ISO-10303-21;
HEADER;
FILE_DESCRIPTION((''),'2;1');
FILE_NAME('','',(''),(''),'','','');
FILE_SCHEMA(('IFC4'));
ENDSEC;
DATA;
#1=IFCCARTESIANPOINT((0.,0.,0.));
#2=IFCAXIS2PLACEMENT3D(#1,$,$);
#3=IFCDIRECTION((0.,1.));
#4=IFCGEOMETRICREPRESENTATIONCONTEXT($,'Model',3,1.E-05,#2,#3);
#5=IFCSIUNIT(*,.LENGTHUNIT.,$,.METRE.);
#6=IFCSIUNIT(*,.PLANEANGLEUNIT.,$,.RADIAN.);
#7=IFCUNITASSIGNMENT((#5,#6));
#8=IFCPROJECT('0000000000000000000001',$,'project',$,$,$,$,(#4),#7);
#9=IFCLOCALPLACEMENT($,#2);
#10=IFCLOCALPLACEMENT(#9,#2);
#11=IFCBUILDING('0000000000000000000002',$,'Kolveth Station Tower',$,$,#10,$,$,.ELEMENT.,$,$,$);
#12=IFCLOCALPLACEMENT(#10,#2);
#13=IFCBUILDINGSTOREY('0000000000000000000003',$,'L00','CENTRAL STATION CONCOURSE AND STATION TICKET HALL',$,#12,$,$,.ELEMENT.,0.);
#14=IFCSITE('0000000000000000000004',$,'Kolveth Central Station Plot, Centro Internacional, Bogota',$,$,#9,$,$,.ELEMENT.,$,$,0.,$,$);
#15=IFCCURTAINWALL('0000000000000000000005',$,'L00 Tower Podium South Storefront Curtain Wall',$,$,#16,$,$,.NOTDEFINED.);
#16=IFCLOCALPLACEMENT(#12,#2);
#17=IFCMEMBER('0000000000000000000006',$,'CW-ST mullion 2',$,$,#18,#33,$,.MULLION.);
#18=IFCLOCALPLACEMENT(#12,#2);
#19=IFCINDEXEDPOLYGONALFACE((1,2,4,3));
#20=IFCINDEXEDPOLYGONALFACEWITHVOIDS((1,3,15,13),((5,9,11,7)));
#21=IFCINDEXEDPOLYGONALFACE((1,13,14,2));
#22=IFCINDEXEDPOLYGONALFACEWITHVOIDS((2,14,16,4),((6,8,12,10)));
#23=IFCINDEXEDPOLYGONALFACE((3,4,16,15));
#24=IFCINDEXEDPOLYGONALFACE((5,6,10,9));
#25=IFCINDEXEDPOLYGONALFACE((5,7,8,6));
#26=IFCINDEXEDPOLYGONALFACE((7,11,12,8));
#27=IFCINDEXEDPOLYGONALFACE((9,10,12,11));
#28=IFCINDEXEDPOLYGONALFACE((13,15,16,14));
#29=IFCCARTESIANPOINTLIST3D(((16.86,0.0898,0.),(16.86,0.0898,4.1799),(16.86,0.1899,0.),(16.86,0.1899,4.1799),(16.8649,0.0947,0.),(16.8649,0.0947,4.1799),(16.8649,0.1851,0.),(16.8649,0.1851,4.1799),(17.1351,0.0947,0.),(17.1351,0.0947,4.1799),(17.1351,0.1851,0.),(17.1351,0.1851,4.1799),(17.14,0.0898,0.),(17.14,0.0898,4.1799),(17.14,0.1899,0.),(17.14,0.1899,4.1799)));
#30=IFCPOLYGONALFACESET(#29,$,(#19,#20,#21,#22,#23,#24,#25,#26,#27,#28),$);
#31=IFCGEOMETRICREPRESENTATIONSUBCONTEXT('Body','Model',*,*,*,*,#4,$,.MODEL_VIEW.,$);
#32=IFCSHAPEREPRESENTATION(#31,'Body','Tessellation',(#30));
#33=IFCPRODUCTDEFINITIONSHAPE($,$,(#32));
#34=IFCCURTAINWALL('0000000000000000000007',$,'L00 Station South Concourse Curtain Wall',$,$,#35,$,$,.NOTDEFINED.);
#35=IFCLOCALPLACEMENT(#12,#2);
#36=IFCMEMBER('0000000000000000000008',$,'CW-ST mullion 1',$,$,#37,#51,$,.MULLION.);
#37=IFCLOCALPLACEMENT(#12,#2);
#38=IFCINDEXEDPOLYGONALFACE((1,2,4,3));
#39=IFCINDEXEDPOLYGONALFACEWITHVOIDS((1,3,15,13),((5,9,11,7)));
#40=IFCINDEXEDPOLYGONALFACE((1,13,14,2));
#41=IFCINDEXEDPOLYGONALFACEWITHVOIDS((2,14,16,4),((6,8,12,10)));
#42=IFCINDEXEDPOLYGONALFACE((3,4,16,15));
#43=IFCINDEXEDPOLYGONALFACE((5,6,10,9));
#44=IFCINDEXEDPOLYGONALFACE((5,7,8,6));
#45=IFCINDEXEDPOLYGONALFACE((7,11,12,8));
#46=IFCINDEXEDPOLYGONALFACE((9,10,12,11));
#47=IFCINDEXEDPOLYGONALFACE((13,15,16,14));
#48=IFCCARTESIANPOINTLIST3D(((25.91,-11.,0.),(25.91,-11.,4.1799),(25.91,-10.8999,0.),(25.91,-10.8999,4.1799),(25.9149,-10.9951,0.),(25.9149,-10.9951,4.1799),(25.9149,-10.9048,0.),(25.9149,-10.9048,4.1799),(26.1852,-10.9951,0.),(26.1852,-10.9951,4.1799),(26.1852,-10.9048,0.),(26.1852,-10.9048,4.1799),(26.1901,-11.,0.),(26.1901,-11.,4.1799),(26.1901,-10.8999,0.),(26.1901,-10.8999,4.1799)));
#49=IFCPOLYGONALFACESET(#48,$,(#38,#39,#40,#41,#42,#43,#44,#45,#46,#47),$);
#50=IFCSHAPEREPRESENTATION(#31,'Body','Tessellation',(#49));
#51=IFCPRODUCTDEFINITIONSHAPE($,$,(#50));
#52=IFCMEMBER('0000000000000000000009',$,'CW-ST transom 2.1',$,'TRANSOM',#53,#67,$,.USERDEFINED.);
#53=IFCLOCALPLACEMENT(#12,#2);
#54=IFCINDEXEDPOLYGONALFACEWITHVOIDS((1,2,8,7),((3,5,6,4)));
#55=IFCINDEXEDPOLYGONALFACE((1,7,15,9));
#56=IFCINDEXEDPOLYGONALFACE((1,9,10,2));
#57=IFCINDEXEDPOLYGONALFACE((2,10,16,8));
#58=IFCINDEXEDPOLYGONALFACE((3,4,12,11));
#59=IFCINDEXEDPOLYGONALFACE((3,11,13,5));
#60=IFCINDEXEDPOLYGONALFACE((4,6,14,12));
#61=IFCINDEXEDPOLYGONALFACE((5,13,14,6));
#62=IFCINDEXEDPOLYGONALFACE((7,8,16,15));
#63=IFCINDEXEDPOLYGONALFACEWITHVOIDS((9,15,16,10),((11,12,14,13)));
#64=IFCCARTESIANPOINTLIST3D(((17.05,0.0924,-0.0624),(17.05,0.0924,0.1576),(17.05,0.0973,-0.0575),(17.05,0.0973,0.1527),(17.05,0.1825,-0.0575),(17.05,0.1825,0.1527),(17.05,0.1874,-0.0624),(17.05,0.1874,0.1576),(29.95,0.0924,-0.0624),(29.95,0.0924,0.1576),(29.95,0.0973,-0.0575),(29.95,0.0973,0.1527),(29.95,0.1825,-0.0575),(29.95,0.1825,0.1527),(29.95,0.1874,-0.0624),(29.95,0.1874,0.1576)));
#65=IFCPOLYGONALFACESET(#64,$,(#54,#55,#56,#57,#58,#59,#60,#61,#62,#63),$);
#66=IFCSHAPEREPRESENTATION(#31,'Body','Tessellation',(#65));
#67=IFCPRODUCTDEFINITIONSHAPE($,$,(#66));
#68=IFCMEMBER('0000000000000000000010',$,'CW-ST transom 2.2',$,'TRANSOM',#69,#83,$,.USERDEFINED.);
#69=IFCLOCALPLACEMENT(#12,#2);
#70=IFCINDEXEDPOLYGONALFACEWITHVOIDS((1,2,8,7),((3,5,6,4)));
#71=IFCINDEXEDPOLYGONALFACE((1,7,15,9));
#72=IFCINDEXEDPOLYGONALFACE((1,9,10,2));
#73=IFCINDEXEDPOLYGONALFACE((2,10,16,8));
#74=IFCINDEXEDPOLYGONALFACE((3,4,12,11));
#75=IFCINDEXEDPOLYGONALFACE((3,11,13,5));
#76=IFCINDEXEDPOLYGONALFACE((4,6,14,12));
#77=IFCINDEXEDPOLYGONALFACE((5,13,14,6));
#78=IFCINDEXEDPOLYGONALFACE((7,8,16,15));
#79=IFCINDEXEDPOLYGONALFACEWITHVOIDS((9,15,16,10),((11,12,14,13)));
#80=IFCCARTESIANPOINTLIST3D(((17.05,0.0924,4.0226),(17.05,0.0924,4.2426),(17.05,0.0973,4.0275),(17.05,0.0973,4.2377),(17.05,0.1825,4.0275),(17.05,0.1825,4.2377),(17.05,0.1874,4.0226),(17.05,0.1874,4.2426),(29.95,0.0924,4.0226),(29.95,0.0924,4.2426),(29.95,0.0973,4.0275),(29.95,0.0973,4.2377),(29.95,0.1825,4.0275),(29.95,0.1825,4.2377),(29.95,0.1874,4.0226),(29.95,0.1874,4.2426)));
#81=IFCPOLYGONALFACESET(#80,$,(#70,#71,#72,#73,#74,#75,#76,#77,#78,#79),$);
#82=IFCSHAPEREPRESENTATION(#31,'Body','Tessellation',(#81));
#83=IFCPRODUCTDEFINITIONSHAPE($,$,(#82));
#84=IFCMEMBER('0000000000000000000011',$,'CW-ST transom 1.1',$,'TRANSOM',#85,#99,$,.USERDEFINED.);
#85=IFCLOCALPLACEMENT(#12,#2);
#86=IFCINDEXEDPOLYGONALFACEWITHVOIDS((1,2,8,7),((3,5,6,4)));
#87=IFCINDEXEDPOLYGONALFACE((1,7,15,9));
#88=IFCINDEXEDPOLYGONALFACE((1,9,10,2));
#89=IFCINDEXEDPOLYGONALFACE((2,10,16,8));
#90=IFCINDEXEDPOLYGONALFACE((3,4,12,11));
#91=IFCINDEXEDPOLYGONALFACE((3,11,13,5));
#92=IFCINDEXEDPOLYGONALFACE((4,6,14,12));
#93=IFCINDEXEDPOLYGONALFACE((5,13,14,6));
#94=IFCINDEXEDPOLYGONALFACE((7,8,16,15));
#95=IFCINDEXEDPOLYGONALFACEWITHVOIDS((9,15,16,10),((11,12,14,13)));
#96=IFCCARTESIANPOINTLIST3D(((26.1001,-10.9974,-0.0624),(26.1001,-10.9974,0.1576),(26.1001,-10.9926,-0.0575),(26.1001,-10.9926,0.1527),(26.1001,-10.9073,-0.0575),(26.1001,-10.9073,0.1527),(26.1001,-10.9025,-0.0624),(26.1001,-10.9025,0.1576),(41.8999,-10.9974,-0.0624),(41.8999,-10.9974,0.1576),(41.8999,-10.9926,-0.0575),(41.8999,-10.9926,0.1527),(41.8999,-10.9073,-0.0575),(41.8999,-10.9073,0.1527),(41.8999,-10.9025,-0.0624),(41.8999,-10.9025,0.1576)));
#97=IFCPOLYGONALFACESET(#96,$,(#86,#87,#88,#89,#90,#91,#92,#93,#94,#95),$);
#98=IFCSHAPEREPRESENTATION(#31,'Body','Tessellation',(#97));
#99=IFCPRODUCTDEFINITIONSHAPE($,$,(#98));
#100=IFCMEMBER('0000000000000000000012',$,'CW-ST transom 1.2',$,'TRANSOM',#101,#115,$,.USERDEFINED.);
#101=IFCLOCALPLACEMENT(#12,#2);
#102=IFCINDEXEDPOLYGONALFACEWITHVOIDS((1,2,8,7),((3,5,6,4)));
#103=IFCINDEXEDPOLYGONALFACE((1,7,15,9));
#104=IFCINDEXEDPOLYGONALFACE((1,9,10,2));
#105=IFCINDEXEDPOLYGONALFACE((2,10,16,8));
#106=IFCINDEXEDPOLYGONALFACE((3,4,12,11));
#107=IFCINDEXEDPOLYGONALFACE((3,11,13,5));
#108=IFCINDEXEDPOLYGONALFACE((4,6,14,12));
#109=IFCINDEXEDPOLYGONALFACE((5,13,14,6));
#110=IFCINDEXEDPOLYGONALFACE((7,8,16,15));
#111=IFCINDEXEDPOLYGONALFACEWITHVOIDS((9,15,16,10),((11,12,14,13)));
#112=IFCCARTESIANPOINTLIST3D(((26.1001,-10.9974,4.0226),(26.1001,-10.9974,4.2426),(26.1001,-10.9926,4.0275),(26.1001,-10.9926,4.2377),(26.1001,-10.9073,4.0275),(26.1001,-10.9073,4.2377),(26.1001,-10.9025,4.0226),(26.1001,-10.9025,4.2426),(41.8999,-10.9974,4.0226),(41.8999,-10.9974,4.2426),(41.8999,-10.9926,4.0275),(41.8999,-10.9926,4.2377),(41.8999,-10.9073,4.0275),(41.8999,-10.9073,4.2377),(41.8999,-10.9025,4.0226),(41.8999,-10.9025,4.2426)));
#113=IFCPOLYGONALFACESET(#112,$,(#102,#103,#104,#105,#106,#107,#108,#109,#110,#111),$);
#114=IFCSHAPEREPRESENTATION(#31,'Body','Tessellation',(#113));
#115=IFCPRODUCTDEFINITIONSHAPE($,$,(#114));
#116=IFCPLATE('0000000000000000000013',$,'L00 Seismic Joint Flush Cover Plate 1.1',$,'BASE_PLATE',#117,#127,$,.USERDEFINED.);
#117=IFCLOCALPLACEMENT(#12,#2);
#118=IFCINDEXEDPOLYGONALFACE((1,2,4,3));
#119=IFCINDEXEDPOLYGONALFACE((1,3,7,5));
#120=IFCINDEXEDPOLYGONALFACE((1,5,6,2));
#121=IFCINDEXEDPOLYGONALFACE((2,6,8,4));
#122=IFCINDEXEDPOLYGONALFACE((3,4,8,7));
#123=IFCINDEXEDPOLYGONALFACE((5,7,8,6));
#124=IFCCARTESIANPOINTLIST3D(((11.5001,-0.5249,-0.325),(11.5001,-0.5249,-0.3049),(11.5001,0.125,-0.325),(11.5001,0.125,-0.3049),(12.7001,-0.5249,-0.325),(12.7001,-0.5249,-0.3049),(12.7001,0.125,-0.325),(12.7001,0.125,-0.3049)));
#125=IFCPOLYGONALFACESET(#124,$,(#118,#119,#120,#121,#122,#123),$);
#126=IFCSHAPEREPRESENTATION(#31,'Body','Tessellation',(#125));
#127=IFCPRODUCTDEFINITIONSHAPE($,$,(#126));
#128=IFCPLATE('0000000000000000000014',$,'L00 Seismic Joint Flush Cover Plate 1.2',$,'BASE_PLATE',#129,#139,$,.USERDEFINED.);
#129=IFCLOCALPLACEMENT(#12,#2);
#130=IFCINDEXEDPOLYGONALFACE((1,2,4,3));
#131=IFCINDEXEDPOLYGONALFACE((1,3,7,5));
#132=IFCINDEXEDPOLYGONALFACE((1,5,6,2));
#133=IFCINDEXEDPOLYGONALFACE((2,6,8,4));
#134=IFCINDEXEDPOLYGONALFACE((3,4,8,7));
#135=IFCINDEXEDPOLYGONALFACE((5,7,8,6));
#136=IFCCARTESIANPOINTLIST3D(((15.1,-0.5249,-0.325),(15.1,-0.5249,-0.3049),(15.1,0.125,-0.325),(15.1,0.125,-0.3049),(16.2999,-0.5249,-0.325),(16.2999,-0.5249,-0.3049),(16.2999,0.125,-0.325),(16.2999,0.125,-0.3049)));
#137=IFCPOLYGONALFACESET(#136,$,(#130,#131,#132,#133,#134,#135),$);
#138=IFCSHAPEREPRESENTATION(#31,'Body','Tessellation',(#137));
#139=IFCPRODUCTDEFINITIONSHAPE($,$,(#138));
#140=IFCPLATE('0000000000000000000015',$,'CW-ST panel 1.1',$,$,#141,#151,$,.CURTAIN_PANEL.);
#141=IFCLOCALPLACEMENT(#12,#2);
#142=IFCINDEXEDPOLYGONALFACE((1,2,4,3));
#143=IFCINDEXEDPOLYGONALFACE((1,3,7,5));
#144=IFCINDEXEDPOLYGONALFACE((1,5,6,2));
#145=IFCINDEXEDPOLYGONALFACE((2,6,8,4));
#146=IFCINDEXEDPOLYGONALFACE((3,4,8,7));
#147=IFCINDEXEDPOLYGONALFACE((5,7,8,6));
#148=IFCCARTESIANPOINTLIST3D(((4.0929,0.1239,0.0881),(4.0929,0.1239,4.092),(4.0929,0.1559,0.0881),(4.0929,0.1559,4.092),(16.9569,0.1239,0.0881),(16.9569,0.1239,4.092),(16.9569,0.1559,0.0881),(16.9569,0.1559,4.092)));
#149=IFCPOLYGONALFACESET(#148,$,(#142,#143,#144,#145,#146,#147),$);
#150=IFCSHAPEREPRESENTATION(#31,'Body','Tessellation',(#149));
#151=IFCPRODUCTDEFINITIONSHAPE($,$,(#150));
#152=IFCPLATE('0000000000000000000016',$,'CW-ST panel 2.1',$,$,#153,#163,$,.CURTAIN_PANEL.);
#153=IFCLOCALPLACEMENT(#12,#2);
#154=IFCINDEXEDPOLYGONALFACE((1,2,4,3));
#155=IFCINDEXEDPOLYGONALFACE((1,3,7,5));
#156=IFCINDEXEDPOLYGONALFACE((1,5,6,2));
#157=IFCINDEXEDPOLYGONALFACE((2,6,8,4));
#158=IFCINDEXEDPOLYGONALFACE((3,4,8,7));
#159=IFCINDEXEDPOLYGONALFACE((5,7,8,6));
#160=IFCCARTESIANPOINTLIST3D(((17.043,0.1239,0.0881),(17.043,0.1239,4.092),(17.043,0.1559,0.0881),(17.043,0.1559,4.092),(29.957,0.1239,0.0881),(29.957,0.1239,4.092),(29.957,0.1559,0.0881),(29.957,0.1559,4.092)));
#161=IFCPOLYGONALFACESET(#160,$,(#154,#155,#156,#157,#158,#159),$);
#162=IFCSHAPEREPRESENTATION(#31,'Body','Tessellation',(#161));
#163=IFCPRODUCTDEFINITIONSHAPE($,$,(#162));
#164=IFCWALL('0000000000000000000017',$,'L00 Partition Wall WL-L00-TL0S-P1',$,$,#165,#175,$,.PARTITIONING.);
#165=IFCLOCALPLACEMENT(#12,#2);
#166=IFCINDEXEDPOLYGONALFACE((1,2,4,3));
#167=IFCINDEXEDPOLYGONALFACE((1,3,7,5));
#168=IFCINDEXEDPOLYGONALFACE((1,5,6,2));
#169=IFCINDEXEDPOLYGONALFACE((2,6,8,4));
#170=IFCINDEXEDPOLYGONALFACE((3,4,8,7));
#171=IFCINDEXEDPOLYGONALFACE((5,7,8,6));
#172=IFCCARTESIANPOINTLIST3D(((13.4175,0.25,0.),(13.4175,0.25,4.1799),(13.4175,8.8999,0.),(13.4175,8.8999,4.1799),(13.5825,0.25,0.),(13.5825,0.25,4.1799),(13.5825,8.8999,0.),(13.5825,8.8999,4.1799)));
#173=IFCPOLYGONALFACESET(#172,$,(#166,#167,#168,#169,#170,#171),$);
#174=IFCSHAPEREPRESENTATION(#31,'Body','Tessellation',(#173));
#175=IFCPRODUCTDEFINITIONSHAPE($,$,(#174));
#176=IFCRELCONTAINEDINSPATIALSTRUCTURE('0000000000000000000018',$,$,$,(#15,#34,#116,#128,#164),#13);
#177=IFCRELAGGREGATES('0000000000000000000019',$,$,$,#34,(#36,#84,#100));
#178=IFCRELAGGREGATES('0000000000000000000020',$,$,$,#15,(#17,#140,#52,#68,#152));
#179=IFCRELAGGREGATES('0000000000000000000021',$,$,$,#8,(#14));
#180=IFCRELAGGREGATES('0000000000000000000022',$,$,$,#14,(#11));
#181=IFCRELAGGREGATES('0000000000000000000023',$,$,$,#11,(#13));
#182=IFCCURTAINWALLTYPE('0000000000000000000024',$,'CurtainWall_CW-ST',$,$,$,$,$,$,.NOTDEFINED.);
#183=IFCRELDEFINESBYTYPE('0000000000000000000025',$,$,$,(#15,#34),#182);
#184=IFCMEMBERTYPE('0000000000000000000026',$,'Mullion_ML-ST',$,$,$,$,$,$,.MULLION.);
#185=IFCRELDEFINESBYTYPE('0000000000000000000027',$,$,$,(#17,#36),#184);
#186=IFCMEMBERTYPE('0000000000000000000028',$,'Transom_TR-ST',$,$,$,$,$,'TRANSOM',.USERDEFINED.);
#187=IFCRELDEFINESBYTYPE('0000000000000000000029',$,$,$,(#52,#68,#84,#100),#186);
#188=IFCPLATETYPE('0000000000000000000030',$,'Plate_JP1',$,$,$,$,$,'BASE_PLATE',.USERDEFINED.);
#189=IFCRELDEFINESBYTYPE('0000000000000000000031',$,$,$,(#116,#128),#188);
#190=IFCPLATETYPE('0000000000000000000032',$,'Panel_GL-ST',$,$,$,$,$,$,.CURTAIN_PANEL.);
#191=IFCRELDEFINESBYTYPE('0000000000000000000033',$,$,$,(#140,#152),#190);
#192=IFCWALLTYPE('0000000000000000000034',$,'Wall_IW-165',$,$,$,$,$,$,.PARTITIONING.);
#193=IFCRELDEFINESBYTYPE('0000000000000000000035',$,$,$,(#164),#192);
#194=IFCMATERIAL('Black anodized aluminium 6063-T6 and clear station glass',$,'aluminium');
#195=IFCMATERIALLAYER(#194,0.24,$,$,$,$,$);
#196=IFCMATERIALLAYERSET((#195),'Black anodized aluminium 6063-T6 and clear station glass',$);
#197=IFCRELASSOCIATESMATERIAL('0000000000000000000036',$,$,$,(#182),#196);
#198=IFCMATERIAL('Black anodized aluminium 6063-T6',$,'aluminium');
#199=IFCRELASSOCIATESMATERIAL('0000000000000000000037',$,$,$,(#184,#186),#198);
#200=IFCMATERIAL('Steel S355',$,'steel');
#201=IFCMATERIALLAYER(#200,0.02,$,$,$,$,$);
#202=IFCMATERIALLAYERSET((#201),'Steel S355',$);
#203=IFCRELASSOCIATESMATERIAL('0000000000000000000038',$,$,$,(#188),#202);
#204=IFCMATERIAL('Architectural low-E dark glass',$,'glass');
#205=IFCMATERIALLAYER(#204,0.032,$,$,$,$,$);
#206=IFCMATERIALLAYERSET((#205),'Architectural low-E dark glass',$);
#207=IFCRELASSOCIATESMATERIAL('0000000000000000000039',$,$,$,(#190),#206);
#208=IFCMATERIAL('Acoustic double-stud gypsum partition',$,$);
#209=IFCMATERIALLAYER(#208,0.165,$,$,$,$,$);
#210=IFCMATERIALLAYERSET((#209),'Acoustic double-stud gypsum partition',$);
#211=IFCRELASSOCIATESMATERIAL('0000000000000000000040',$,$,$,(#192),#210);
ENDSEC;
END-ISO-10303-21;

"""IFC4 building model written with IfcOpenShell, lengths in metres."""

from ifc_helpers import new_model, si_unit, direction, frame, frame_2d, origin, origin_2d, place, context, subcontext, project, spatial, rectangle, hollow_rectangle, extrude, source, transform, mapped, material, layer, layer_set, material_profile, profile_set, type_object, element, aggregate, save


model = new_model("IFC4")

# Units and contexts
model_context = context("Model", 3, precision=1e-05, world=origin(), true_north=direction((0.0, 1.0)))
body_context = subcontext(model_context, "Body", "Model", "MODEL_VIEW")
ifc_project = project(units=[si_unit("LENGTHUNIT", "METRE"), si_unit("PLANEANGLEUNIT", "RADIAN")], contexts=[model_context])

# Site, building, storey
site_placement = place(None, origin())
site = spatial("IfcSite", under=ifc_project, at=site_placement, Name="Kolveth Central Station Plot, Centro Internacional, Bogota", CompositionType="ELEMENT", RefElevation=0.0)
building_placement = place(site_placement, origin())
building = spatial("IfcBuilding", under=site, at=building_placement, Name="Kolveth Station Tower", CompositionType="ELEMENT")
storey_placement = place(building_placement, origin())
storey = spatial("IfcBuildingStorey", under=building, at=storey_placement, Name="L00", Description="CENTRAL STATION CONCOURSE AND STATION TICKET HALL", CompositionType="ELEMENT", Elevation=0.0)

# Shared definitions
ifc_material_1 = material(Name="Steel S355", Category="steel")

# Curtain walls, members
ifc_material_2 = material(Name="Black anodized aluminium 6063-T6 and clear station glass", Category="aluminium")
ifc_layer_1 = layer(ifc_material_2, 0.24)
ifc_layer_set_1 = layer_set([ifc_layer_1], Name="Black anodized aluminium 6063-T6 and clear station glass")
curtain_wall_type = type_object("IfcCurtainWallType", Name="CurtainWall_CW-ST", PredefinedType="NOTDEFINED", material=ifc_layer_set_1)
curtain_wall_1_placement = place(storey_placement, origin())
curtain_wall_1 = element("IfcCurtainWall", 1, at=curtain_wall_1_placement, inside=storey, type_object=curtain_wall_type, Name="L00 Tower Podium South Storefront Curtain Wall", PredefinedType="NOTDEFINED")
ifc_material_3 = material(Name="Black anodized aluminium 6063-T6", Category="aluminium")
ifc_material_profile_1 = material_profile(ifc_material_3, hollow_rectangle(XDim=0.1001, YDim=0.28, WallThickness=0.0049, at=origin_2d()), Name="ALU-100x280x5")
ifc_profile_set_1 = profile_set([ifc_material_profile_1], Name="Black anodized aluminium 6063-T6")
member_type_1 = type_object("IfcMemberType", Name="Mullion_ML-ST", PredefinedType="MULLION", material=ifc_profile_set_1)
shared_shape_1 = source(origin(), body_context, "Body", "SweptSolid", [
    extrude(hollow_rectangle(XDim=0.1001, YDim=0.28, WallThickness=0.0049, at=origin_2d()), origin(), (0.0, 0.0, 1.0), 4.1799),
])
member_1_placement = place(storey_placement, frame((17.0, 0.1399, 0.0), z_axis=(0.0, 0.0, 1.0), x_axis=(0.0, 1.0, 0.0)))
member_1 = element("IfcMember", 2, at=member_1_placement, type_object=member_type_1, Name="CW-ST mullion 2", PredefinedType="MULLION", context=body_context, shape_type="MappedRepresentation", body=[
    mapped(shared_shape_1, transform((0.0, 0.0, 0.0), x_axis=(1.0, 0.0, 0.0), y_axis=(0.0, 1.0, 0.0), z_axis=(0.0, 0.0, 1.0), scale=1.0)),
])
curtain_wall_2_placement = place(storey_placement, origin())
curtain_wall_2 = element("IfcCurtainWall", 3, at=curtain_wall_2_placement, inside=storey, type_object=curtain_wall_type, Name="L00 Station South Concourse Curtain Wall", PredefinedType="NOTDEFINED")
member_2_placement = place(storey_placement, frame((26.05, -10.95, 0.0), z_axis=(0.0, 0.0, 1.0), x_axis=(0.0, 1.0, 0.0)))
member_2 = element("IfcMember", 4, at=member_2_placement, type_object=member_type_1, Name="CW-ST mullion 1", PredefinedType="MULLION", context=body_context, shape_type="MappedRepresentation", body=[
    mapped(shared_shape_1, transform((0.0, 0.0, 0.0), x_axis=(1.0, 0.0, 0.0), y_axis=(0.0, 1.0, 0.0), z_axis=(0.0, 0.0, 1.0), scale=1.0)),
])

# Members
ifc_material_profile_2 = material_profile(ifc_material_3, hollow_rectangle(XDim=0.095, YDim=0.22, WallThickness=0.0049, at=origin_2d()), Name="ALU-95x220x5")
ifc_profile_set_2 = profile_set([ifc_material_profile_2], Name="Black anodized aluminium 6063-T6")
member_type_2 = type_object("IfcMemberType", Name="Transom_TR-ST", ElementType="TRANSOM", PredefinedType="USERDEFINED", material=ifc_profile_set_2)
shared_shape_2 = source(origin(), body_context, "Body", "SweptSolid", [
    extrude(hollow_rectangle(XDim=0.095, YDim=0.22, WallThickness=0.0049, at=origin_2d()), origin(), (0.0, 0.0, 1.0), 12.8999),
])
member_3_placement = place(storey_placement, frame((17.05, 0.1399, 0.0476), z_axis=(1.0, 0.0, 0.0), x_axis=(0.0, 1.0, 0.0)))
member_3 = element("IfcMember", 5, at=member_3_placement, type_object=member_type_2, Name="CW-ST transom 2.1", ObjectType="TRANSOM", PredefinedType="USERDEFINED", context=body_context, shape_type="MappedRepresentation", body=[
    mapped(shared_shape_2, transform((0.0, 0.0, 0.0), x_axis=(1.0, 0.0, 0.0), y_axis=(0.0, 1.0, 0.0), z_axis=(0.0, 0.0, 1.0), scale=1.0)),
])
member_4_placement = place(storey_placement, frame((17.05, 0.1399, 4.1326), z_axis=(1.0, 0.0, 0.0), x_axis=(0.0, 1.0, 0.0)))
member_4 = element("IfcMember", 6, at=member_4_placement, type_object=member_type_2, Name="CW-ST transom 2.2", ObjectType="TRANSOM", PredefinedType="USERDEFINED", context=body_context, shape_type="MappedRepresentation", body=[
    mapped(shared_shape_2, transform((0.0, 0.0, 0.0), x_axis=(1.0, 0.0, 0.0), y_axis=(0.0, 1.0, 0.0), z_axis=(0.0, 0.0, 1.0), scale=1.0)),
])
shared_shape_3 = source(origin(), body_context, "Body", "SweptSolid", [
    extrude(hollow_rectangle(XDim=0.095, YDim=0.22, WallThickness=0.0049, at=origin_2d()), origin(), (0.0, 0.0, 1.0), 15.7998),
])
member_5_placement = place(storey_placement, frame((26.1001, -10.95, 0.0476), z_axis=(1.0, 0.0, 0.0), x_axis=(0.0, 1.0, 0.0)))
member_5 = element("IfcMember", 7, at=member_5_placement, type_object=member_type_2, Name="CW-ST transom 1.1", ObjectType="TRANSOM", PredefinedType="USERDEFINED", context=body_context, shape_type="MappedRepresentation", body=[
    mapped(shared_shape_3, transform((0.0, 0.0, 0.0), x_axis=(1.0, 0.0, 0.0), y_axis=(0.0, 1.0, 0.0), z_axis=(0.0, 0.0, 1.0), scale=1.0)),
])
member_6_placement = place(storey_placement, frame((26.1001, -10.95, 4.1326), z_axis=(1.0, 0.0, 0.0), x_axis=(0.0, 1.0, 0.0)))
member_6 = element("IfcMember", 8, at=member_6_placement, type_object=member_type_2, Name="CW-ST transom 1.2", ObjectType="TRANSOM", PredefinedType="USERDEFINED", context=body_context, shape_type="MappedRepresentation", body=[
    mapped(shared_shape_3, transform((0.0, 0.0, 0.0), x_axis=(1.0, 0.0, 0.0), y_axis=(0.0, 1.0, 0.0), z_axis=(0.0, 0.0, 1.0), scale=1.0)),
])
aggregate(curtain_wall_2, [member_2, member_5, member_6])

# Plates
ifc_layer_2 = layer(ifc_material_1, 0.02)
ifc_layer_set_2 = layer_set([ifc_layer_2], Name="Steel S355")
plate_type_1 = type_object("IfcPlateType", Name="Plate_JP1", ElementType="BASE_PLATE", PredefinedType="USERDEFINED", material=ifc_layer_set_2)
shared_shape_4 = source(origin(), body_context, "Body", "SweptSolid", [
    extrude(rectangle(XDim=1.2, YDim=0.6499, at=origin_2d()), origin(), (0.0, 0.0, 1.0), 0.02),
])
for number, where, z_axis, x_axis, name in (
    (9, (12.1001, -0.2, -0.325), (0.0, 0.0, 1.0), (1.0, 0.0, 0.0), "L00 Seismic Joint Flush Cover Plate 1.1"),
    (10, (15.7, -0.2, -0.325), (0.0, 0.0, 1.0), (1.0, 0.0, 0.0), "L00 Seismic Joint Flush Cover Plate 1.2"),
):
    element("IfcPlate", number, at=place(storey_placement, frame(where, z_axis=z_axis, x_axis=x_axis)), inside=storey, type_object=plate_type_1, Name=name, ObjectType="BASE_PLATE", PredefinedType="USERDEFINED", context=body_context, shape_type="MappedRepresentation", body=[
        mapped(shared_shape_4, transform((0.0, 0.0, 0.0), x_axis=(1.0, 0.0, 0.0), y_axis=(0.0, 1.0, 0.0), z_axis=(0.0, 0.0, 1.0), scale=1.0)),
    ])

# Plates
ifc_material_4 = material(Name="Architectural low-E dark glass", Category="glass")
ifc_layer_3 = layer(ifc_material_4, 0.032)
ifc_layer_set_3 = layer_set([ifc_layer_3], Name="Architectural low-E dark glass")
plate_type_2 = type_object("IfcPlateType", Name="Panel_GL-ST", PredefinedType="CURTAIN_PANEL", material=ifc_layer_set_3)
shared_shape_5 = source(origin(), body_context, "Body", "SweptSolid", [
    extrude(rectangle(XDim=12.864, YDim=0.032, at=origin_2d()), origin(), (0.0, 0.0, 1.0), 4.0039),
])
plate_1_placement = place(storey_placement, frame((10.5249, 0.1399, 0.0881), z_axis=(0.0, 0.0, 1.0), x_axis=(1.0, 0.0, 0.0)))
plate_1 = element("IfcPlate", 11, at=plate_1_placement, type_object=plate_type_2, Name="CW-ST panel 1.1", PredefinedType="CURTAIN_PANEL", context=body_context, shape_type="MappedRepresentation", body=[
    mapped(shared_shape_5, transform((0.0, 0.0, 0.0), x_axis=(1.0, 0.0, 0.0), y_axis=(0.0, 1.0, 0.0), z_axis=(0.0, 0.0, 1.0), scale=1.0)),
])
shared_shape_6 = source(origin(), body_context, "Body", "SweptSolid", [
    extrude(rectangle(XDim=12.9141, YDim=0.032, at=origin_2d()), origin(), (0.0, 0.0, 1.0), 4.0039),
])
plate_2_placement = place(storey_placement, frame((23.5, 0.1399, 0.0881), z_axis=(0.0, 0.0, 1.0), x_axis=(1.0, 0.0, 0.0)))
plate_2 = element("IfcPlate", 12, at=plate_2_placement, type_object=plate_type_2, Name="CW-ST panel 2.1", PredefinedType="CURTAIN_PANEL", context=body_context, shape_type="MappedRepresentation", body=[
    mapped(shared_shape_6, transform((0.0, 0.0, 0.0), x_axis=(1.0, 0.0, 0.0), y_axis=(0.0, 1.0, 0.0), z_axis=(0.0, 0.0, 1.0), scale=1.0)),
])
aggregate(curtain_wall_1, [member_1, plate_1, member_3, member_4, plate_2])

# Wall
ifc_material_5 = material(Name="Acoustic double-stud gypsum partition")
ifc_layer_4 = layer(ifc_material_5, 0.165)
ifc_layer_set_4 = layer_set([ifc_layer_4], Name="Acoustic double-stud gypsum partition")
wall_type_1 = type_object("IfcWallType", Name="Wall_IW-165", PredefinedType="PARTITIONING", material=ifc_layer_set_4)
wall_1_placement = place(storey_placement, frame((13.5, 0.25, 0.0), z_axis=(0.0, 0.0, 1.0), x_axis=(0.0, 1.0, 0.0)))
element("IfcWall", 13, at=wall_1_placement, inside=storey, type_object=wall_type_1, Name="L00 Partition Wall WL-L00-TL0S-P1", PredefinedType="PARTITIONING", context=body_context, shape_type="SweptSolid", body=[
    extrude(rectangle(XDim=8.6499, YDim=0.165, at=frame_2d((4.325, 0.0))), origin(), (0.0, 0.0, 1.0), 4.1799),
])

save(model, "model.ifc")
